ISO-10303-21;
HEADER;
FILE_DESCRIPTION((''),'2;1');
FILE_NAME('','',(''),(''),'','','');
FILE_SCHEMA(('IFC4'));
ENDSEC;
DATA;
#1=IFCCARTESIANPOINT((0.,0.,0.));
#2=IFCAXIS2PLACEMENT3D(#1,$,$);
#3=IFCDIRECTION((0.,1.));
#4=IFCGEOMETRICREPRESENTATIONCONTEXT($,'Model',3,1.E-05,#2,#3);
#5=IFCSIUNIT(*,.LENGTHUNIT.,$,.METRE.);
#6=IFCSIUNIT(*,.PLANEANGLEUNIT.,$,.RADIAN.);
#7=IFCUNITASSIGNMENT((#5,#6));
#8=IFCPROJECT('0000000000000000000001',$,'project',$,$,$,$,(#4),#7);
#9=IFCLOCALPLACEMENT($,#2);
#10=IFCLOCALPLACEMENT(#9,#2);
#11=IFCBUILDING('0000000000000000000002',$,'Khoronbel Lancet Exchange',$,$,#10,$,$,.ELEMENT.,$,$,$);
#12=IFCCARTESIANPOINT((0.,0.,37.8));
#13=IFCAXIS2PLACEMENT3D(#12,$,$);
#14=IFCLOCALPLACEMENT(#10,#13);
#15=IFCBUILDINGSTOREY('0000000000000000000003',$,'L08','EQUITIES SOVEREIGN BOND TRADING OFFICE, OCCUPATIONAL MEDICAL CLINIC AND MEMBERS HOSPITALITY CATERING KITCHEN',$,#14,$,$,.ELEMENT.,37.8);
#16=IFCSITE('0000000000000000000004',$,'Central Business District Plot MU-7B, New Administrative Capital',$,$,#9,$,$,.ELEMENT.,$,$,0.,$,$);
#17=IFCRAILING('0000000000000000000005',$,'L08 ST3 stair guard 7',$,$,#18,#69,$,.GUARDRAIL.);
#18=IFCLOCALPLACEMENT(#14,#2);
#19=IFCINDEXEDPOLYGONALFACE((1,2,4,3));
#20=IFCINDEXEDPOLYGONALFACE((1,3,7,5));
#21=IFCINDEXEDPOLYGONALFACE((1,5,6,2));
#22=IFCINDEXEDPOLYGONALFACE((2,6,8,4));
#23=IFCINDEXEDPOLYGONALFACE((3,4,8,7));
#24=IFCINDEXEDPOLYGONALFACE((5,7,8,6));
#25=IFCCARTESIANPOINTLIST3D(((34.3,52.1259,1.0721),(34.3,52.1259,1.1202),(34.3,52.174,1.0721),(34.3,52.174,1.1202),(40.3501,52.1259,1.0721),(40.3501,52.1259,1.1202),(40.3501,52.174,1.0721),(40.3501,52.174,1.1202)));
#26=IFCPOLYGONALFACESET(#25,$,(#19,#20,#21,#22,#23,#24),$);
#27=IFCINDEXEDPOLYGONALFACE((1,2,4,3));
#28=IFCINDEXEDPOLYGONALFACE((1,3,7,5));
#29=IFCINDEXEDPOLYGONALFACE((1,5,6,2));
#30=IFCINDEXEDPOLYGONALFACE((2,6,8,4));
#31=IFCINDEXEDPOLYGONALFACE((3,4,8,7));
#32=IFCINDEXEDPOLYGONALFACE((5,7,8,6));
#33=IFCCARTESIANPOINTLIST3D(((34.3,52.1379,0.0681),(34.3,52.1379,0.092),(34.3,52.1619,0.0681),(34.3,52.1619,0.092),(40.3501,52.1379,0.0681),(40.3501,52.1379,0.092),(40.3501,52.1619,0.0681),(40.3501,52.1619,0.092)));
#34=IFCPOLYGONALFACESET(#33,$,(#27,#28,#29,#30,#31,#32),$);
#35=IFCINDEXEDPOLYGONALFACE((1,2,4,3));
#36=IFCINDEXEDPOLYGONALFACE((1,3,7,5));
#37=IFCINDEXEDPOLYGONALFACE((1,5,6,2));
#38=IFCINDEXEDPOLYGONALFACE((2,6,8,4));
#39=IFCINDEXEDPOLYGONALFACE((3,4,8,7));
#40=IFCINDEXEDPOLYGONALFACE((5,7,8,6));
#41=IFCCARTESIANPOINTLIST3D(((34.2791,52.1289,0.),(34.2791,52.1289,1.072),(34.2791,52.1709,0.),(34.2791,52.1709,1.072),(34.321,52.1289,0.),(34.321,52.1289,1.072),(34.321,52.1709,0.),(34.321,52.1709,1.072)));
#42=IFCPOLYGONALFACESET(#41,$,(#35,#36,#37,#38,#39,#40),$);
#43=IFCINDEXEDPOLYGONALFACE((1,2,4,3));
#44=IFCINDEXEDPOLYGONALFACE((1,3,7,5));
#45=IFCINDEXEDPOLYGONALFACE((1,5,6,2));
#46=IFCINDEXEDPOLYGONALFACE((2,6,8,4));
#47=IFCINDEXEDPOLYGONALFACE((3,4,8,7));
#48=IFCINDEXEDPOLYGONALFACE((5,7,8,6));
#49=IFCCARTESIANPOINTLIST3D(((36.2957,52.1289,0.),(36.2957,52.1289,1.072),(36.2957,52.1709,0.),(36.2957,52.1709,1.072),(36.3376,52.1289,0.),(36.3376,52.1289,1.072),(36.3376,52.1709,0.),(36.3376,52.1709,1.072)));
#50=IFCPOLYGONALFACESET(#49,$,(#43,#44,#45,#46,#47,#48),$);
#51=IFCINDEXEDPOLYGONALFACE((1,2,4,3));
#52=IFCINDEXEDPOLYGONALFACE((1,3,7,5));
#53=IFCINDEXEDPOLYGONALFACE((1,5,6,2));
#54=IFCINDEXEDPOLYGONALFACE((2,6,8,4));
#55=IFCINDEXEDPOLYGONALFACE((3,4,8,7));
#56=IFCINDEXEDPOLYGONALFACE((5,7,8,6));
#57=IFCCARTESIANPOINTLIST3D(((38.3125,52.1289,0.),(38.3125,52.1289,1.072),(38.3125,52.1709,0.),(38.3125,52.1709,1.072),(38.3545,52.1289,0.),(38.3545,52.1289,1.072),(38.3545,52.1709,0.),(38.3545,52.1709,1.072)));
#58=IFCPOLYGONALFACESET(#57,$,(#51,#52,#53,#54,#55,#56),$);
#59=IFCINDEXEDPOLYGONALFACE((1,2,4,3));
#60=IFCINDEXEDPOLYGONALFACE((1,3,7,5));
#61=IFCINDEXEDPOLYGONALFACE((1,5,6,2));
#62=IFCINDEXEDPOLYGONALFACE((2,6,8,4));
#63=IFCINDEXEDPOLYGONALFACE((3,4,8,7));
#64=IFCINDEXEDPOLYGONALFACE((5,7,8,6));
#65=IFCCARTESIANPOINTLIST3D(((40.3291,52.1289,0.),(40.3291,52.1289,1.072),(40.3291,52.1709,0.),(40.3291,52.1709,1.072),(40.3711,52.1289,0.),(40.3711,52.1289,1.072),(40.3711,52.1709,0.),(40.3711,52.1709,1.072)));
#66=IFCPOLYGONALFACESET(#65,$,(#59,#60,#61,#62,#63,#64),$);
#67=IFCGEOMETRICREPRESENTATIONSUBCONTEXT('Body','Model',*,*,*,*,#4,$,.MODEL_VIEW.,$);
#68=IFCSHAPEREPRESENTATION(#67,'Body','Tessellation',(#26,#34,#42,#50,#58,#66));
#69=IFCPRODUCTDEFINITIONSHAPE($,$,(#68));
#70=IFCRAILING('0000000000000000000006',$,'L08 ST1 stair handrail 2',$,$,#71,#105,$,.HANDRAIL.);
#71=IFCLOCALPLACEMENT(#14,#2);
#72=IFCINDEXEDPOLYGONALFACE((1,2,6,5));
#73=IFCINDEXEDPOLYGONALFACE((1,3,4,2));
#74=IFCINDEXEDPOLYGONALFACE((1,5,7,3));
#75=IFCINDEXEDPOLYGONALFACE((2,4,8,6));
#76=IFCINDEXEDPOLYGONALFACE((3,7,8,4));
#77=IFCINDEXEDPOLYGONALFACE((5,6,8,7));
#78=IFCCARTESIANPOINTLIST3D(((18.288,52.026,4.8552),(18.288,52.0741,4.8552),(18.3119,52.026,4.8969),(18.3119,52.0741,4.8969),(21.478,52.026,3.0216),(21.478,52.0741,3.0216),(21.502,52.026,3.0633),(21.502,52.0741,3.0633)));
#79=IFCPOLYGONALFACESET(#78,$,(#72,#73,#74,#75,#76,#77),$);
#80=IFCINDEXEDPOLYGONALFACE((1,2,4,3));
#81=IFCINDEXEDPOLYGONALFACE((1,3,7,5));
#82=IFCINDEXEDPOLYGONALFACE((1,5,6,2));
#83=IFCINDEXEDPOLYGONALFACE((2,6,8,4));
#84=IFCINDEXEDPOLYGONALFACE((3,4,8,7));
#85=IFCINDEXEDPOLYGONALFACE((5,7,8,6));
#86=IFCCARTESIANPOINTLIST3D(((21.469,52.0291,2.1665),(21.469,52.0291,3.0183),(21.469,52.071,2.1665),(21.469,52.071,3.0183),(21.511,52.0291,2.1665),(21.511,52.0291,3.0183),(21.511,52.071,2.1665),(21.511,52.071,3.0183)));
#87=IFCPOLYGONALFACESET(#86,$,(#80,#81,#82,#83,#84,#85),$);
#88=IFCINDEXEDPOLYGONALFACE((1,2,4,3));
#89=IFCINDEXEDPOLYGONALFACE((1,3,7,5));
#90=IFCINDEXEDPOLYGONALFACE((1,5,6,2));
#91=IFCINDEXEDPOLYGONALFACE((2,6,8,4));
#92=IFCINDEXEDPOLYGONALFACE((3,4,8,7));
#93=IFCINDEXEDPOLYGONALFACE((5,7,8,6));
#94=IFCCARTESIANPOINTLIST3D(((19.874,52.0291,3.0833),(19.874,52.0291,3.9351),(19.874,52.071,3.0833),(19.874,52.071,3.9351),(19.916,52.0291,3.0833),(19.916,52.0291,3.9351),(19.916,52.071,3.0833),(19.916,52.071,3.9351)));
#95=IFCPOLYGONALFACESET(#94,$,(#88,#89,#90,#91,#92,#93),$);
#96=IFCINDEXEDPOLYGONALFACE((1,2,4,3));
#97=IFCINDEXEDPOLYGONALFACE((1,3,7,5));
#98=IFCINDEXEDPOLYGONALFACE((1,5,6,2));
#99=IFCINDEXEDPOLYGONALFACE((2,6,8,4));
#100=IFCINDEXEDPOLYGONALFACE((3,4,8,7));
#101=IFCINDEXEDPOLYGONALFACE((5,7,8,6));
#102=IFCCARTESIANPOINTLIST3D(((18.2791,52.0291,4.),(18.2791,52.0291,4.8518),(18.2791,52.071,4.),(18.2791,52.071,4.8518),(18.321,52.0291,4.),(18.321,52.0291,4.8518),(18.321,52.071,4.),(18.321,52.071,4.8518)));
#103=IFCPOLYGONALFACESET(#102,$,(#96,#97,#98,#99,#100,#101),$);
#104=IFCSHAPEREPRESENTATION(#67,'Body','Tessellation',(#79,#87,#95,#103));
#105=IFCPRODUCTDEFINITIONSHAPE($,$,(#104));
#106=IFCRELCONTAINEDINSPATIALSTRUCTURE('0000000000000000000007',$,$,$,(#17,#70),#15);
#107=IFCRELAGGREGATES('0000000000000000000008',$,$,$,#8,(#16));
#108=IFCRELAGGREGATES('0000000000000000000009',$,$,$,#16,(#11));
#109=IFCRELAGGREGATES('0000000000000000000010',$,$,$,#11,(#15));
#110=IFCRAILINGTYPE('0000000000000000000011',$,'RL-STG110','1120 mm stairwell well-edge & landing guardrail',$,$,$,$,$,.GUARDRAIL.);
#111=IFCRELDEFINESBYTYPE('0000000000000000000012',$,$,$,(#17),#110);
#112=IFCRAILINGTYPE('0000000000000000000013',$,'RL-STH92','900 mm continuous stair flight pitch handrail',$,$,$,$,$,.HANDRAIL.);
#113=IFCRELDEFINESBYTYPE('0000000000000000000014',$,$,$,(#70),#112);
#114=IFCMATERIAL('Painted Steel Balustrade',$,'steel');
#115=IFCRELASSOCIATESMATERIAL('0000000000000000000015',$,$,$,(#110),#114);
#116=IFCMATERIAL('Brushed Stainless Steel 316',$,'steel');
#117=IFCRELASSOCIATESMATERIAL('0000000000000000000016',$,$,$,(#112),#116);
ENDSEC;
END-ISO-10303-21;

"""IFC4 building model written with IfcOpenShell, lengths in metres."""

from ifc_helpers import new_model, si_unit, direction, frame, origin, origin_2d, place, context, subcontext, project, spatial, rectangle, extrude, material, type_object, element, save


model = new_model("IFC4")

# Units and contexts
model_context = context("Model", 3, precision=1e-05, world=origin(), true_north=direction((0.0, 1.0)))
body_context = subcontext(model_context, "Body", "Model", "MODEL_VIEW")
ifc_project = project(units=[si_unit("LENGTHUNIT", "METRE"), si_unit("PLANEANGLEUNIT", "RADIAN")], contexts=[model_context])

# Site, building, storey
site_placement = place(None, origin())
site = spatial("IfcSite", under=ifc_project, at=site_placement, Name="Central Business District Plot MU-7B, New Administrative Capital", CompositionType="ELEMENT", RefElevation=0.0)
building_placement = place(site_placement, origin())
building = spatial("IfcBuilding", under=site, at=building_placement, Name="Khoronbel Lancet Exchange", CompositionType="ELEMENT")
storey_placement = place(building_placement, frame((0.0, 0.0, 37.8)))
storey = spatial("IfcBuildingStorey", under=building, at=storey_placement, Name="L08", Description="EQUITIES SOVEREIGN BOND TRADING OFFICE, OCCUPATIONAL MEDICAL CLINIC AND MEMBERS HOSPITALITY CATERING KITCHEN", CompositionType="ELEMENT", Elevation=37.8)

# Railings
ifc_material_1 = material(Name="Painted Steel Balustrade", Category="steel")
railing_type_1 = type_object("IfcRailingType", Name="RL-STG110", Description="1120 mm stairwell well-edge & landing guardrail", PredefinedType="GUARDRAIL", material=ifc_material_1)
railing_1_placement = place(storey_placement, frame((34.3, 52.1499, 0.0)))
element("IfcRailing", 1, at=railing_1_placement, inside=storey, type_object=railing_type_1, Name="L08 ST3 stair guard 7", PredefinedType="GUARDRAIL", context=body_context, shape_type="SweptSolid", body=[
    extrude(rectangle(XDim=0.0481, YDim=0.0481, at=origin_2d()), frame((0.0, 0.0, 1.0962), z_axis=(1.0, 0.0, 0.0), x_axis=(0.0, 1.0, 0.0)), (0.0, 0.0, 1.0), 6.05),
    extrude(rectangle(XDim=0.0239, YDim=0.0239, at=origin_2d()), frame((0.0, 0.0, 0.0801), z_axis=(1.0, 0.0, 0.0), x_axis=(0.0, 1.0, 0.0)), (0.0, 0.0, 1.0), 6.05),
    extrude(rectangle(XDim=0.042, YDim=0.042, at=origin_2d()), origin(), (0.0, 0.0, 1.0), 1.072),
    extrude(rectangle(XDim=0.042, YDim=0.042, at=origin_2d()), frame((2.0166, 0.0, 0.0)), (0.0, 0.0, 1.0), 1.072),
    extrude(rectangle(XDim=0.042, YDim=0.042, at=origin_2d()), frame((4.0334, 0.0, 0.0)), (0.0, 0.0, 1.0), 1.072),
    extrude(rectangle(XDim=0.042, YDim=0.042, at=origin_2d()), frame((6.05, 0.0, 0.0)), (0.0, 0.0, 1.0), 1.072),
])
ifc_material_2 = material(Name="Brushed Stainless Steel 316", Category="steel")
railing_type_2 = type_object("IfcRailingType", Name="RL-STH92", Description="900 mm continuous stair flight pitch handrail", PredefinedType="HANDRAIL", material=ifc_material_2)
railing_2_placement = place(storey_placement, frame((21.49, 52.05, 2.1665)))
element("IfcRailing", 2, at=railing_2_placement, inside=storey, type_object=railing_type_2, Name="L08 ST1 stair handrail 2", PredefinedType="HANDRAIL", context=body_context, shape_type="SweptSolid", body=[
    extrude(rectangle(XDim=0.0481, YDim=0.0481, at=origin_2d()), frame((0.0, 0.0, 0.876), z_axis=(-0.866991, 0.0, 0.498324), x_axis=(0.0, -1.0, 0.0)), (0.0, 0.0, 1.0), 3.6794),
    extrude(rectangle(XDim=0.042, YDim=0.042, at=origin_2d()), origin(), (0.0, 0.0, 1.0), 0.8518),
    extrude(rectangle(XDim=0.042, YDim=0.042, at=origin_2d()), frame((-1.595, 0.0, 0.9167)), (0.0, 0.0, 1.0), 0.8518),
    extrude(rectangle(XDim=0.042, YDim=0.042, at=origin_2d()), frame((-3.1899, 0.0, 1.8335)), (0.0, 0.0, 1.0), 0.8518),
])

save(model, "model.ifc")
